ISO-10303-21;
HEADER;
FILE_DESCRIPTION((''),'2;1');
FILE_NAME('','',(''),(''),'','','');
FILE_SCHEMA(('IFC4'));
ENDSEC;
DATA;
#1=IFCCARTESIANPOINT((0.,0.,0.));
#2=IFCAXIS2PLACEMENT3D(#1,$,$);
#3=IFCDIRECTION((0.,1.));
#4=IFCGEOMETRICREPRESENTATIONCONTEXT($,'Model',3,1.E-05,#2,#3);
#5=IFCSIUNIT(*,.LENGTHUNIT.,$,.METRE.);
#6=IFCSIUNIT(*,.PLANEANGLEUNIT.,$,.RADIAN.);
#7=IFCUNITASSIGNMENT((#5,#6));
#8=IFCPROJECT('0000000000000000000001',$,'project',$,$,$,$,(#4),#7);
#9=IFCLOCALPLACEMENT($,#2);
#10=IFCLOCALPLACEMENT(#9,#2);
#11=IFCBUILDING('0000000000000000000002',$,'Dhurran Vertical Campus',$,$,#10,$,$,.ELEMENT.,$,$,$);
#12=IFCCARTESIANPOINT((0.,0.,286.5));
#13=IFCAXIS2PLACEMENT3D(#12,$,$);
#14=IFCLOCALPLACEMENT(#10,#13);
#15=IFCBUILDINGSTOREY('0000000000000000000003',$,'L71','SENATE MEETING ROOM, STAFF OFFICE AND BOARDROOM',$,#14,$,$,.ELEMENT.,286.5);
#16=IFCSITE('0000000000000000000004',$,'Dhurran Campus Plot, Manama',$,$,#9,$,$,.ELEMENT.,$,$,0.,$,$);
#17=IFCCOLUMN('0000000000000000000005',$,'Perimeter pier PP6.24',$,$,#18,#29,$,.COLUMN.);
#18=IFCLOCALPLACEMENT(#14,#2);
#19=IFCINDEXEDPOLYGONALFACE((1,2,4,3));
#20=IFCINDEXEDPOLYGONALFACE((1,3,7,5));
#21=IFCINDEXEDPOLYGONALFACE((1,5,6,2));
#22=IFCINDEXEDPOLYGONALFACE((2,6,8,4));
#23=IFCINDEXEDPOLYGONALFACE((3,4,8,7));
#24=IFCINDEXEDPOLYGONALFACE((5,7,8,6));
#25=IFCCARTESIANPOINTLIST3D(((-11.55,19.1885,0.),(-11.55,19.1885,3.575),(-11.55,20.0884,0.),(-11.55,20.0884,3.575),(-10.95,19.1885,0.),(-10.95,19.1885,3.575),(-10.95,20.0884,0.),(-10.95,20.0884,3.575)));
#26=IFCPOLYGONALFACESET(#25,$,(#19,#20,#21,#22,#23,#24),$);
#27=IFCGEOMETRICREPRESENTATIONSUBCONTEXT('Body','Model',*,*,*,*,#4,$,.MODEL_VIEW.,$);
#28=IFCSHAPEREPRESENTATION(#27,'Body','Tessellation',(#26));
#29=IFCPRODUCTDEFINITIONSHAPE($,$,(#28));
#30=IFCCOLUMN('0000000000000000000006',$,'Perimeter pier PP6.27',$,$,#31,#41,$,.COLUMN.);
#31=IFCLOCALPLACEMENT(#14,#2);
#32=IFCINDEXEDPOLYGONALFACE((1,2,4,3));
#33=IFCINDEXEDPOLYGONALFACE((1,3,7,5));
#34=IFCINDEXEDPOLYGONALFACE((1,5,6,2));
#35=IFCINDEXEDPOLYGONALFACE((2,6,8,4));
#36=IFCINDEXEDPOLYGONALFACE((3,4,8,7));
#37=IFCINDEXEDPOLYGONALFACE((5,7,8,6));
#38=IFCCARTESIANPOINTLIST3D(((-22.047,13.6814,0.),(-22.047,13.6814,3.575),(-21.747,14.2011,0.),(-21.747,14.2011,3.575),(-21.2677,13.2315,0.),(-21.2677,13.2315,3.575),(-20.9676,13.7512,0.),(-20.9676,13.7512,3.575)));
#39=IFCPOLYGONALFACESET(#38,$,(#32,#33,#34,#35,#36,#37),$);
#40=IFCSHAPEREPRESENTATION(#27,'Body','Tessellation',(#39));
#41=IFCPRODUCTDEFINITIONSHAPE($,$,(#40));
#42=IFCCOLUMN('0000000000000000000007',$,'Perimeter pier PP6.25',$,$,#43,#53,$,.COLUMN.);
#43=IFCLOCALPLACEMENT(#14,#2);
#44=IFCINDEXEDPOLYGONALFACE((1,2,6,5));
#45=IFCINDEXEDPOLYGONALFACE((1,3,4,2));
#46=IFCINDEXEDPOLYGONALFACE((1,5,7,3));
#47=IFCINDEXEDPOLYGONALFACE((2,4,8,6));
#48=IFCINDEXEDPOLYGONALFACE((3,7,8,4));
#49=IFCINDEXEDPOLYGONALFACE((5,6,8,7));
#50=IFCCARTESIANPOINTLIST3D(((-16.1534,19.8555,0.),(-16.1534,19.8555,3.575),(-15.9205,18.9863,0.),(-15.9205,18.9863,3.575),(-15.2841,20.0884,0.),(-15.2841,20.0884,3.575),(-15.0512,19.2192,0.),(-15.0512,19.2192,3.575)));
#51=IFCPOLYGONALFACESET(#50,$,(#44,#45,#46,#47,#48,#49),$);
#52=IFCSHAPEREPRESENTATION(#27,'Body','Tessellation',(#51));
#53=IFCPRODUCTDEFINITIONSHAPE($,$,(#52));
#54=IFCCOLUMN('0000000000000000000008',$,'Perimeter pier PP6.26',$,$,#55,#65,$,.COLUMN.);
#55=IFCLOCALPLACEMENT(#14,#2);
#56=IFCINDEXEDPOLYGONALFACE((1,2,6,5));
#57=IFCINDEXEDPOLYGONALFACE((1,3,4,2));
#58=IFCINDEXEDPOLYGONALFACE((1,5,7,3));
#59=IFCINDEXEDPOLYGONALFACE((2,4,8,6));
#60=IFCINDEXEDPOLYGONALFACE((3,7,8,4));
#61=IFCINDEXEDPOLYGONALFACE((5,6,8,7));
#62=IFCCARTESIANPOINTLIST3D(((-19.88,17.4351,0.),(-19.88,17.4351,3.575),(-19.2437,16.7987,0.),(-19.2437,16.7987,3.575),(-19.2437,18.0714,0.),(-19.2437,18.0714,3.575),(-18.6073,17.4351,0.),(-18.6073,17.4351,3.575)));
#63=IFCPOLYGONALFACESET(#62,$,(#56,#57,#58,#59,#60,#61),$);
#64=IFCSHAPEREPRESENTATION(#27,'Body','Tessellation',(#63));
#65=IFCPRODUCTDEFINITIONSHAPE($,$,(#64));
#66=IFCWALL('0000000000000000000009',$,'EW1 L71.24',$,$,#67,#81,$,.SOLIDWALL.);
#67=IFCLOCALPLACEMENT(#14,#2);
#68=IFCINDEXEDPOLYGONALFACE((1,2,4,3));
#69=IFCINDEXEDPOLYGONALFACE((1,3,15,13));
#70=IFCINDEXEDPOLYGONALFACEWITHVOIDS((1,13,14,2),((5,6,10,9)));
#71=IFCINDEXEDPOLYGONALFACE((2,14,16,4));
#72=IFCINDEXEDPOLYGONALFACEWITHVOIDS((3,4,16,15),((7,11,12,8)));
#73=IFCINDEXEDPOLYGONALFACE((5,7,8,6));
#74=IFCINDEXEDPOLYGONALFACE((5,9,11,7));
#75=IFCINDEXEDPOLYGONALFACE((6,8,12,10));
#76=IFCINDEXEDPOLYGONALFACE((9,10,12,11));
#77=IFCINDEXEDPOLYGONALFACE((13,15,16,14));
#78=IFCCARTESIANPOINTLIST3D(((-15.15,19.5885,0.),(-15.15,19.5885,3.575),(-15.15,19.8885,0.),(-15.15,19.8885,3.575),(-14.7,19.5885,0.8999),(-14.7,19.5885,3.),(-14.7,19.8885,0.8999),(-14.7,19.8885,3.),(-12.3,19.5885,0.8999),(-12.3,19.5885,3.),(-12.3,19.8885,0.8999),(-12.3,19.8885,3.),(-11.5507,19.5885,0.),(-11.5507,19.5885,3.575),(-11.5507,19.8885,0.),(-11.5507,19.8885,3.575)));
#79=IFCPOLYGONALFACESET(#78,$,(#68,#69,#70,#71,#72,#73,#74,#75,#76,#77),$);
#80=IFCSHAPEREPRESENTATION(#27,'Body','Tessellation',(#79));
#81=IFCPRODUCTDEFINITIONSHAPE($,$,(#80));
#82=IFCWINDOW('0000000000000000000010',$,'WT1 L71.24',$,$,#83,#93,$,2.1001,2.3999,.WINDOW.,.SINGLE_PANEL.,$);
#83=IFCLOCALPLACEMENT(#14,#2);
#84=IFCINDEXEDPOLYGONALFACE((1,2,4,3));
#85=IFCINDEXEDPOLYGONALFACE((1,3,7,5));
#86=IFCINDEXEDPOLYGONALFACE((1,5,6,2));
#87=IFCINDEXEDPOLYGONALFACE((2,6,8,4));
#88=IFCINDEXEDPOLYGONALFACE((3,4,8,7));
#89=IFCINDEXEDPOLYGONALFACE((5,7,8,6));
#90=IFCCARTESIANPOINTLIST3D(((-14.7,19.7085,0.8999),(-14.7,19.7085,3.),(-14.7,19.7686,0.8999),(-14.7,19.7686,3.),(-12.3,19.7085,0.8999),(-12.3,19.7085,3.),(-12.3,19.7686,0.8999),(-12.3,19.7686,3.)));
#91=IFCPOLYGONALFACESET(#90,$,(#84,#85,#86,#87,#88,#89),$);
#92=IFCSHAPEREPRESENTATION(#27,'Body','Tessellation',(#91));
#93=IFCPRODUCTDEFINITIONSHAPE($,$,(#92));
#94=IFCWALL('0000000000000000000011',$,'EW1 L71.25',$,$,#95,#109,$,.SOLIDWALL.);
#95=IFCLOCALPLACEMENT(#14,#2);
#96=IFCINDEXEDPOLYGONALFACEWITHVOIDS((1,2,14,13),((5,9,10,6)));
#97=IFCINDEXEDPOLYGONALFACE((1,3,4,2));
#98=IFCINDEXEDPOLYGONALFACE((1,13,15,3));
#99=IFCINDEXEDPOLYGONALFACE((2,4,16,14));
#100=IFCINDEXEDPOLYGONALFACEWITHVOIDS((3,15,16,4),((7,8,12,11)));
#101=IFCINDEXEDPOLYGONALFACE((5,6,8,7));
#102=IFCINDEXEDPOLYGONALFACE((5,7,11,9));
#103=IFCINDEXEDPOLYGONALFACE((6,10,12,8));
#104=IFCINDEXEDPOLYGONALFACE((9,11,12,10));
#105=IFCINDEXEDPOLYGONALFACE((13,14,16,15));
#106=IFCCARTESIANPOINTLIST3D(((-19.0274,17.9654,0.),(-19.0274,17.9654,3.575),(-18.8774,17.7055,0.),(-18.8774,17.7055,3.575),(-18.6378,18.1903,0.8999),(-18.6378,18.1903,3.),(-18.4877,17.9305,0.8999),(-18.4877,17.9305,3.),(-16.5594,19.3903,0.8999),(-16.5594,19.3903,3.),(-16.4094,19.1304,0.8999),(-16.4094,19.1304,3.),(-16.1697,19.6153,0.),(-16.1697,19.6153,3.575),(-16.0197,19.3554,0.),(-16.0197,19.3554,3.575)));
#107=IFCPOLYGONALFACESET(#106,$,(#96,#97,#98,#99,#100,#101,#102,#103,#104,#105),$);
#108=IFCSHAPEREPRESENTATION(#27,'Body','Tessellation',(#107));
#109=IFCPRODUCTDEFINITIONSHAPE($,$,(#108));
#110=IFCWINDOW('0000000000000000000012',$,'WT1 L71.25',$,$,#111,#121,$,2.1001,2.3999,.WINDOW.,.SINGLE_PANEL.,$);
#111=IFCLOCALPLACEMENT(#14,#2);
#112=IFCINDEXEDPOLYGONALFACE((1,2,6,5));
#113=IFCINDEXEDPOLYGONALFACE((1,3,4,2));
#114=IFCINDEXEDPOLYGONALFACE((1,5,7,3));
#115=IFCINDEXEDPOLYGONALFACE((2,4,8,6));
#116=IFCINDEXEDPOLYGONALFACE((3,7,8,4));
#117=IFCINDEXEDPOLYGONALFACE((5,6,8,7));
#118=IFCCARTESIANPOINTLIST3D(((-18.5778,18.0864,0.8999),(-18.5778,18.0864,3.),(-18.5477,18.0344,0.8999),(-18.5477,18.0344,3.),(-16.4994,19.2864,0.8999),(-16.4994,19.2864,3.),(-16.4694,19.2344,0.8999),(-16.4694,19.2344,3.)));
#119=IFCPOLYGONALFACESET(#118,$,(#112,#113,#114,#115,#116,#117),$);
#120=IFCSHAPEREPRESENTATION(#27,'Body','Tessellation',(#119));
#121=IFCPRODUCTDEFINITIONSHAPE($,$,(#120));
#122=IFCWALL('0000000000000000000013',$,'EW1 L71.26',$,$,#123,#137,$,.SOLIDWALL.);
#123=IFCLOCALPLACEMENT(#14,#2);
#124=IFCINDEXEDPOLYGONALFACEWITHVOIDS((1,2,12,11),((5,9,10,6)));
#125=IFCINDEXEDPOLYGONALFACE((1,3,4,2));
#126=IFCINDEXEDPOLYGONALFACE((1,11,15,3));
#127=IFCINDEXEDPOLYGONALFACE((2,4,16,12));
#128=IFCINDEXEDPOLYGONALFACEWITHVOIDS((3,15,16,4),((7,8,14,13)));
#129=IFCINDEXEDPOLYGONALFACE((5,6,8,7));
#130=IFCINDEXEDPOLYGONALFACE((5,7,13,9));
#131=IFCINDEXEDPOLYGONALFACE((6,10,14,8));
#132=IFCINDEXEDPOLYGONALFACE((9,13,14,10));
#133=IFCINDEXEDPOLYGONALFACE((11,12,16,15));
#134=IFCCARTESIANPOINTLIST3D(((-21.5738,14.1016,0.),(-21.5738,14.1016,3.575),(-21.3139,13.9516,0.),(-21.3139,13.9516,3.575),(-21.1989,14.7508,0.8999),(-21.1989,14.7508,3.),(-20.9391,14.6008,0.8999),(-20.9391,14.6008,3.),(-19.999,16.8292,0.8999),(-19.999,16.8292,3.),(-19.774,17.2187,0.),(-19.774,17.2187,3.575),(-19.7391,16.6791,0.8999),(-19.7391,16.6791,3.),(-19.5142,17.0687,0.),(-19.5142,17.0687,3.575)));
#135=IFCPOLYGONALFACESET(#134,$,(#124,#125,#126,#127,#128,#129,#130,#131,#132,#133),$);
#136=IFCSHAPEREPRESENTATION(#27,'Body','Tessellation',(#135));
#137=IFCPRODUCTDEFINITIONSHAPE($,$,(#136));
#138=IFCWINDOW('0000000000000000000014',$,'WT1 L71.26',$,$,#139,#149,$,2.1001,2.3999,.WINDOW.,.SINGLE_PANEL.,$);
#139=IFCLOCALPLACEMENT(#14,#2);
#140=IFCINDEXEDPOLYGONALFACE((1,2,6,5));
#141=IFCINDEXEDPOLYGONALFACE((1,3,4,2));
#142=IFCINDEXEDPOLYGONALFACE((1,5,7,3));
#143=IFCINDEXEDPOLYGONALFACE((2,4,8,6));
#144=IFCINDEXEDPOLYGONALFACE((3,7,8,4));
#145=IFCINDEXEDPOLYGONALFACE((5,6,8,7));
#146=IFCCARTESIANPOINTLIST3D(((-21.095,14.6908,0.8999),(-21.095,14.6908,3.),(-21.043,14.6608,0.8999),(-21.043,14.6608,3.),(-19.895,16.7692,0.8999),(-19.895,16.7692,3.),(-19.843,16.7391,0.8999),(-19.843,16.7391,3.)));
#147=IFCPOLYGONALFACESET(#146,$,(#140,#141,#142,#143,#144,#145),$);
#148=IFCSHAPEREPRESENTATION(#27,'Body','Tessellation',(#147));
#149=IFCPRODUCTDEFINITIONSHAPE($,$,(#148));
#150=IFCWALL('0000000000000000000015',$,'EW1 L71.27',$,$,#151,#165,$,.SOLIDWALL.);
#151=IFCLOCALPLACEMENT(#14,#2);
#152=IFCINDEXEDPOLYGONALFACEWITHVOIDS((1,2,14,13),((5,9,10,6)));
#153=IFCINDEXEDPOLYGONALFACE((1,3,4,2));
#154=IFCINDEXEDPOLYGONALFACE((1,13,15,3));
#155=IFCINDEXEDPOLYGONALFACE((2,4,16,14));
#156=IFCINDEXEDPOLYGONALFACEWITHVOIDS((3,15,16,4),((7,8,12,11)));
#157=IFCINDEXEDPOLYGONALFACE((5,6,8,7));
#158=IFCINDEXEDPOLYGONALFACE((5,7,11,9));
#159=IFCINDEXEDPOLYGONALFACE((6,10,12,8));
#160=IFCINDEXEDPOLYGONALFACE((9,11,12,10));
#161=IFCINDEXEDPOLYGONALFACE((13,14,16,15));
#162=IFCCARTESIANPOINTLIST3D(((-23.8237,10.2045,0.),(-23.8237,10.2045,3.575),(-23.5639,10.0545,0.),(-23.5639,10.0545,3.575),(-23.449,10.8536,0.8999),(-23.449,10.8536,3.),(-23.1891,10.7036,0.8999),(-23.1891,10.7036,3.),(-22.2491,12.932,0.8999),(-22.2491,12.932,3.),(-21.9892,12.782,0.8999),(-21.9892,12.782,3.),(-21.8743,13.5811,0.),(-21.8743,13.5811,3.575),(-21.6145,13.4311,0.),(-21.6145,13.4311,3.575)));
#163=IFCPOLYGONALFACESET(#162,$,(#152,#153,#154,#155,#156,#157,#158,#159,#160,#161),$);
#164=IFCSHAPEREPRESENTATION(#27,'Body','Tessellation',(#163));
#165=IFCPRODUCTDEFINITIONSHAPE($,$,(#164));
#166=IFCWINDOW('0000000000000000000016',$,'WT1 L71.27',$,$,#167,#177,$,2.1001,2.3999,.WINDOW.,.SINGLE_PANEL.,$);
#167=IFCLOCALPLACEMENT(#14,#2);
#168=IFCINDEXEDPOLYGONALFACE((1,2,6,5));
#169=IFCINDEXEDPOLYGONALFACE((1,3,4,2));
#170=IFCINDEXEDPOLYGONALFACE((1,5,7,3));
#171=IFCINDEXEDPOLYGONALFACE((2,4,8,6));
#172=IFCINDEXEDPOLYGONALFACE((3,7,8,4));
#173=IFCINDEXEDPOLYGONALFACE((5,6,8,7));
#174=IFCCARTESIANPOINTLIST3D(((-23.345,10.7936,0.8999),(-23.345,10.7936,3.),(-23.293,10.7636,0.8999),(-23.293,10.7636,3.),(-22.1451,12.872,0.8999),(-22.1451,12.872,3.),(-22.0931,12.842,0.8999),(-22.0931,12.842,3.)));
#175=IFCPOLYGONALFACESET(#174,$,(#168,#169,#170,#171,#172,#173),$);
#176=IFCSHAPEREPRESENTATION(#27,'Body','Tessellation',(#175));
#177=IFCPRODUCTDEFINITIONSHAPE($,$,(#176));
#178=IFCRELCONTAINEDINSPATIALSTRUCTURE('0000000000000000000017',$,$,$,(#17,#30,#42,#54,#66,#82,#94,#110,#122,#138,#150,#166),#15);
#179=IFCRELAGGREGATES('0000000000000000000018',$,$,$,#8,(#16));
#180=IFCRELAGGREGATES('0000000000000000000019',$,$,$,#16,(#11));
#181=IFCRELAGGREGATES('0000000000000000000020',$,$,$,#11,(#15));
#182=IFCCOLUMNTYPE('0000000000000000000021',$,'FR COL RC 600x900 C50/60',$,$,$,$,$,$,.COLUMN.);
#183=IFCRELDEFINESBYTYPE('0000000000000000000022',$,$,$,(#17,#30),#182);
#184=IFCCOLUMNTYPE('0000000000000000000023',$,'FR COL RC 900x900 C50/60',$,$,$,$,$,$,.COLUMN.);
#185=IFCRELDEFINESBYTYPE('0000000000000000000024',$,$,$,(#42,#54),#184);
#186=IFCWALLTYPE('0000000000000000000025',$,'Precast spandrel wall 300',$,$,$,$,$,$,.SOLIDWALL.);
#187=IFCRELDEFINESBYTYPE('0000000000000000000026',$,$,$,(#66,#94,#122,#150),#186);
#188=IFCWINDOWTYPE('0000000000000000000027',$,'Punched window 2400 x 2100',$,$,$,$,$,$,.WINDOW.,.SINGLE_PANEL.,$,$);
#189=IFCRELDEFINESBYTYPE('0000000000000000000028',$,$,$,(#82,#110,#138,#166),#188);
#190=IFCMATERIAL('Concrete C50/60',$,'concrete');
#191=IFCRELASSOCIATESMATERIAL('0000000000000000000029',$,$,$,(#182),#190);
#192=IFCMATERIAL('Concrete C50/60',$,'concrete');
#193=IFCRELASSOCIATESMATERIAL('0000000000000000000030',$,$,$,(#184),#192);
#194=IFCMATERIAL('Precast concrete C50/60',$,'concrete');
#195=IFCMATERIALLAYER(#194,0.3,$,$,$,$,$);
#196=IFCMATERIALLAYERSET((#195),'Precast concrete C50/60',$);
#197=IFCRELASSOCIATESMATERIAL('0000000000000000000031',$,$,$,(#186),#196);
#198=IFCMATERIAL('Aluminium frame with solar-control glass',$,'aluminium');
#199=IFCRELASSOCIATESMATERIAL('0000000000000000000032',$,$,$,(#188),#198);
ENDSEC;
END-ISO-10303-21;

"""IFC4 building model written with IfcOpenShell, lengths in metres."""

from ifc_helpers import new_model, si_unit, direction, frame, frame_2d, origin, origin_2d, place, context, subcontext, project, spatial, rectangle, extrude, material, layer, layer_set, material_profile, profile_set, type_object, element, fill, save


model = new_model("IFC4")

# Units and contexts
model_context = context("Model", 3, precision=1e-05, world=origin(), true_north=direction((0.0, 1.0)))
body_context = subcontext(model_context, "Body", "Model", "MODEL_VIEW")
ifc_project = project(units=[si_unit("LENGTHUNIT", "METRE"), si_unit("PLANEANGLEUNIT", "RADIAN")], contexts=[model_context])

# Site, building, storey
site_placement = place(None, origin())
site = spatial("IfcSite", under=ifc_project, at=site_placement, Name="Dhurran Campus Plot, Manama", CompositionType="ELEMENT", RefElevation=0.0)
building_placement = place(site_placement, origin())
building = spatial("IfcBuilding", under=site, at=building_placement, Name="Dhurran Vertical Campus", CompositionType="ELEMENT")
storey_placement = place(building_placement, frame((0.0, 0.0, 286.5)))
storey = spatial("IfcBuildingStorey", under=building, at=storey_placement, Name="L71", Description="SENATE MEETING ROOM, STAFF OFFICE AND BOARDROOM", CompositionType="ELEMENT", Elevation=286.5)

# Columns
ifc_material_1 = material(Name="Concrete C50/60", Category="concrete")
ifc_material_profile_1 = material_profile(ifc_material_1, rectangle(XDim=0.6001, YDim=0.8999, at=origin_2d()), Name="RC 600x900")
ifc_profile_set_1 = profile_set([ifc_material_profile_1], Name="Concrete C50/60")
column_type_1 = type_object("IfcColumnType", Name="FR COL RC 600x900 C50/60", PredefinedType="COLUMN", material=ifc_profile_set_1)
for number, where, z_axis, x_axis, name in (
    (1, (-11.25, 19.6384, 0.0), (0.0, 0.0, 1.0), (-1.0, 0.0, 0.0), "Perimeter pier PP6.24"),
    (2, (-21.5073, 13.7163, 0.0), (0.0, 0.0, 1.0), (-0.5, -0.866025, 0.0), "Perimeter pier PP6.27"),
):
    element("IfcColumn", number, at=place(storey_placement, frame(where, z_axis=z_axis, x_axis=x_axis)), inside=storey, type_object=column_type_1, Name=name, PredefinedType="COLUMN", context=body_context, shape_type="SweptSolid", body=[
        extrude(rectangle(XDim=0.6001, YDim=0.8999, at=origin_2d()), origin(), (0.0, 0.0, 1.0), 3.575),
    ])
ifc_material_2 = material(Name="Concrete C50/60", Category="concrete")
ifc_material_profile_2 = material_profile(ifc_material_2, rectangle(XDim=0.8999, YDim=0.8999, at=origin_2d()), Name="RC 900x900")
ifc_profile_set_2 = profile_set([ifc_material_profile_2], Name="Concrete C50/60")
column_type_2 = type_object("IfcColumnType", Name="FR COL RC 900x900 C50/60", PredefinedType="COLUMN", material=ifc_profile_set_2)
for number, where, z_axis, x_axis, name in (
    (3, (-15.6023, 19.5374, 0.0), (0.0, 0.0, 1.0), (-0.965926, -0.258819, 0.0), "Perimeter pier PP6.25"),
    (4, (-19.2437, 17.4351, 0.0), (0.0, 0.0, 1.0), (-0.707107, -0.707107, 0.0), "Perimeter pier PP6.26"),
):
    element("IfcColumn", number, at=place(storey_placement, frame(where, z_axis=z_axis, x_axis=x_axis)), inside=storey, type_object=column_type_2, Name=name, PredefinedType="COLUMN", context=body_context, shape_type="SweptSolid", body=[
        extrude(rectangle(XDim=0.8999, YDim=0.8999, at=origin_2d()), origin(), (0.0, 0.0, 1.0), 3.575),
    ])

# Walls, openings, windows
ifc_material_3 = material(Name="Precast concrete C50/60", Category="concrete")
ifc_layer_1 = layer(ifc_material_3, 0.3)
ifc_layer_set_1 = layer_set([ifc_layer_1], Name="Precast concrete C50/60")
wall_type_1 = type_object("IfcWallType", Name="Precast spandrel wall 300", PredefinedType="SOLIDWALL", material=ifc_layer_set_1)
wall_1_placement = place(storey_placement, frame((-11.5505, 19.7385, 0.0), z_axis=(0.0, 0.0, 1.0), x_axis=(-1.0, 0.0, 0.0)))
wall_1 = element("IfcWall", 5, at=wall_1_placement, inside=storey, type_object=wall_type_1, Name="EW1 L71.24", PredefinedType="SOLIDWALL", context=body_context, shape_type="SweptSolid", body=[
    extrude(rectangle(XDim=3.5994, YDim=0.3, at=frame_2d((1.7998, 0.0))), origin(), (0.0, 0.0, 1.0), 3.575),
])
opening_1_placement = place(wall_1_placement, frame((0.7495, 0.0, 0.8999)))
opening_1 = element("IfcOpeningElement", 6, at=opening_1_placement, cuts=wall_1, PredefinedType="OPENING", context=body_context, shape_type="SweptSolid", body=[
    extrude(rectangle(XDim=2.3999, YDim=2.1001, at=frame_2d((1.2, 1.05))), frame((0.0, 0.1599, 0.0), z_axis=(0.0, -1.0, 0.0), x_axis=(1.0, 0.0, 0.0)), (0.0, 0.0, 1.0), 0.3201),
])
ifc_material_4 = material(Name="Aluminium frame with solar-control glass", Category="aluminium")
window_type = type_object("IfcWindowType", Name="Punched window 2400 x 2100", PartitioningType="SINGLE_PANEL", PredefinedType="WINDOW", material=ifc_material_4)
window_1_placement = place(opening_1_placement, origin())
window_1 = element("IfcWindow", 7, at=window_1_placement, inside=storey, type_object=window_type, Name="WT1 L71.24", OverallHeight=2.1001, OverallWidth=2.3999, PartitioningType="SINGLE_PANEL", PredefinedType="WINDOW", context=body_context, shape_type="SweptSolid", body=[
    extrude(rectangle(XDim=2.3999, YDim=2.1001, at=frame_2d((1.2, 1.05))), frame((0.0, 0.03, 0.0), z_axis=(0.0, -1.0, 0.0), x_axis=(1.0, 0.0, 0.0)), (0.0, 0.0, 1.0), 0.0601),
])
fill(opening_1, window_1)
wall_2_placement = place(storey_placement, frame((-16.0947, 19.4854, 0.0), z_axis=(0.0, 0.0, 1.0), x_axis=(-0.866022, -0.500006, 0.0)))
wall_2 = element("IfcWall", 8, at=wall_2_placement, inside=storey, type_object=wall_type_1, Name="EW1 L71.25", PredefinedType="SOLIDWALL", context=body_context, shape_type="SweptSolid", body=[
    extrude(rectangle(XDim=3.2998, YDim=0.3, at=frame_2d((1.6499, 0.0))), origin(), (0.0, 0.0, 1.0), 3.575),
])
opening_2_placement = place(wall_2_placement, frame((0.45, 0.0, 0.8999)))
opening_2 = element("IfcOpeningElement", 9, at=opening_2_placement, cuts=wall_2, PredefinedType="OPENING", context=body_context, shape_type="SweptSolid", body=[
    extrude(rectangle(XDim=2.3999, YDim=2.1001, at=frame_2d((1.2, 1.05))), frame((0.0, 0.1599, 0.0), z_axis=(0.0, -1.0, 0.0), x_axis=(1.0, 0.0, 0.0)), (0.0, 0.0, 1.0), 0.3201),
])
window_2_placement = place(opening_2_placement, origin())
window_2 = element("IfcWindow", 10, at=window_2_placement, inside=storey, type_object=window_type, Name="WT1 L71.25", OverallHeight=2.1001, OverallWidth=2.3999, PartitioningType="SINGLE_PANEL", PredefinedType="WINDOW", context=body_context, shape_type="SweptSolid", body=[
    extrude(rectangle(XDim=2.3999, YDim=2.1001, at=frame_2d((1.2, 1.05))), frame((0.0, 0.03, 0.0), z_axis=(0.0, -1.0, 0.0), x_axis=(1.0, 0.0, 0.0)), (0.0, 0.0, 1.0), 0.0601),
])
fill(opening_2, window_2)
wall_3_placement = place(storey_placement, frame((-19.644, 17.1438, 0.0), z_axis=(0.0, 0.0, 1.0), x_axis=(-0.50002, -0.866014, 0.0)))
wall_3 = element("IfcWall", 11, at=wall_3_placement, inside=storey, type_object=wall_type_1, Name="EW1 L71.26", PredefinedType="SOLIDWALL", context=body_context, shape_type="SweptSolid", body=[
    extrude(rectangle(XDim=3.5994, YDim=0.3, at=frame_2d((1.7998, 0.0))), origin(), (0.0, 0.0, 1.0), 3.575),
])
opening_3_placement = place(wall_3_placement, frame((0.45, 0.0, 0.8999)))
opening_3 = element("IfcOpeningElement", 12, at=opening_3_placement, cuts=wall_3, PredefinedType="OPENING", context=body_context, shape_type="SweptSolid", body=[
    extrude(rectangle(XDim=2.3999, YDim=2.1001, at=frame_2d((1.2, 1.05))), frame((0.0, 0.1599, 0.0), z_axis=(0.0, -1.0, 0.0), x_axis=(1.0, 0.0, 0.0)), (0.0, 0.0, 1.0), 0.3201),
])
window_3_placement = place(opening_3_placement, origin())
window_3 = element("IfcWindow", 13, at=window_3_placement, inside=storey, type_object=window_type, Name="WT1 L71.26", OverallHeight=2.1001, OverallWidth=2.3999, PartitioningType="SINGLE_PANEL", PredefinedType="WINDOW", context=body_context, shape_type="SweptSolid", body=[
    extrude(rectangle(XDim=2.3999, YDim=2.1001, at=frame_2d((1.2, 1.05))), frame((0.0, 0.03, 0.0), z_axis=(0.0, -1.0, 0.0), x_axis=(1.0, 0.0, 0.0)), (0.0, 0.0, 1.0), 0.0601),
])
fill(opening_3, window_3)
wall_4_placement = place(storey_placement, frame((-21.7444, 13.5061, 0.0), z_axis=(0.0, 0.0, 1.0), x_axis=(-0.499984, -0.866034, 0.0)))
wall_4 = element("IfcWall", 14, at=wall_4_placement, inside=storey, type_object=wall_type_1, Name="EW1 L71.27", PredefinedType="SOLIDWALL", context=body_context, shape_type="SweptSolid", body=[
    extrude(rectangle(XDim=3.8989, YDim=0.3, at=frame_2d((1.9495, 0.0))), origin(), (0.0, 0.0, 1.0), 3.575),
])
opening_4_placement = place(wall_4_placement, frame((0.7495, 0.0, 0.8999)))
opening_4 = element("IfcOpeningElement", 15, at=opening_4_placement, cuts=wall_4, PredefinedType="OPENING", context=body_context, shape_type="SweptSolid", body=[
    extrude(rectangle(XDim=2.3999, YDim=2.1001, at=frame_2d((1.2, 1.05))), frame((0.0, 0.1599, 0.0), z_axis=(0.0, -1.0, 0.0), x_axis=(1.0, 0.0, 0.0)), (0.0, 0.0, 1.0), 0.3201),
])
window_4_placement = place(opening_4_placement, origin())
window_4 = element("IfcWindow", 16, at=window_4_placement, inside=storey, type_object=window_type, Name="WT1 L71.27", OverallHeight=2.1001, OverallWidth=2.3999, PartitioningType="SINGLE_PANEL", PredefinedType="WINDOW", context=body_context, shape_type="SweptSolid", body=[
    extrude(rectangle(XDim=2.3999, YDim=2.1001, at=frame_2d((1.2, 1.05))), frame((0.0, 0.03, 0.0), z_axis=(0.0, -1.0, 0.0), x_axis=(1.0, 0.0, 0.0)), (0.0, 0.0, 1.0), 0.0601),
])
fill(opening_4, window_4)

save(model, "model.ifc")
